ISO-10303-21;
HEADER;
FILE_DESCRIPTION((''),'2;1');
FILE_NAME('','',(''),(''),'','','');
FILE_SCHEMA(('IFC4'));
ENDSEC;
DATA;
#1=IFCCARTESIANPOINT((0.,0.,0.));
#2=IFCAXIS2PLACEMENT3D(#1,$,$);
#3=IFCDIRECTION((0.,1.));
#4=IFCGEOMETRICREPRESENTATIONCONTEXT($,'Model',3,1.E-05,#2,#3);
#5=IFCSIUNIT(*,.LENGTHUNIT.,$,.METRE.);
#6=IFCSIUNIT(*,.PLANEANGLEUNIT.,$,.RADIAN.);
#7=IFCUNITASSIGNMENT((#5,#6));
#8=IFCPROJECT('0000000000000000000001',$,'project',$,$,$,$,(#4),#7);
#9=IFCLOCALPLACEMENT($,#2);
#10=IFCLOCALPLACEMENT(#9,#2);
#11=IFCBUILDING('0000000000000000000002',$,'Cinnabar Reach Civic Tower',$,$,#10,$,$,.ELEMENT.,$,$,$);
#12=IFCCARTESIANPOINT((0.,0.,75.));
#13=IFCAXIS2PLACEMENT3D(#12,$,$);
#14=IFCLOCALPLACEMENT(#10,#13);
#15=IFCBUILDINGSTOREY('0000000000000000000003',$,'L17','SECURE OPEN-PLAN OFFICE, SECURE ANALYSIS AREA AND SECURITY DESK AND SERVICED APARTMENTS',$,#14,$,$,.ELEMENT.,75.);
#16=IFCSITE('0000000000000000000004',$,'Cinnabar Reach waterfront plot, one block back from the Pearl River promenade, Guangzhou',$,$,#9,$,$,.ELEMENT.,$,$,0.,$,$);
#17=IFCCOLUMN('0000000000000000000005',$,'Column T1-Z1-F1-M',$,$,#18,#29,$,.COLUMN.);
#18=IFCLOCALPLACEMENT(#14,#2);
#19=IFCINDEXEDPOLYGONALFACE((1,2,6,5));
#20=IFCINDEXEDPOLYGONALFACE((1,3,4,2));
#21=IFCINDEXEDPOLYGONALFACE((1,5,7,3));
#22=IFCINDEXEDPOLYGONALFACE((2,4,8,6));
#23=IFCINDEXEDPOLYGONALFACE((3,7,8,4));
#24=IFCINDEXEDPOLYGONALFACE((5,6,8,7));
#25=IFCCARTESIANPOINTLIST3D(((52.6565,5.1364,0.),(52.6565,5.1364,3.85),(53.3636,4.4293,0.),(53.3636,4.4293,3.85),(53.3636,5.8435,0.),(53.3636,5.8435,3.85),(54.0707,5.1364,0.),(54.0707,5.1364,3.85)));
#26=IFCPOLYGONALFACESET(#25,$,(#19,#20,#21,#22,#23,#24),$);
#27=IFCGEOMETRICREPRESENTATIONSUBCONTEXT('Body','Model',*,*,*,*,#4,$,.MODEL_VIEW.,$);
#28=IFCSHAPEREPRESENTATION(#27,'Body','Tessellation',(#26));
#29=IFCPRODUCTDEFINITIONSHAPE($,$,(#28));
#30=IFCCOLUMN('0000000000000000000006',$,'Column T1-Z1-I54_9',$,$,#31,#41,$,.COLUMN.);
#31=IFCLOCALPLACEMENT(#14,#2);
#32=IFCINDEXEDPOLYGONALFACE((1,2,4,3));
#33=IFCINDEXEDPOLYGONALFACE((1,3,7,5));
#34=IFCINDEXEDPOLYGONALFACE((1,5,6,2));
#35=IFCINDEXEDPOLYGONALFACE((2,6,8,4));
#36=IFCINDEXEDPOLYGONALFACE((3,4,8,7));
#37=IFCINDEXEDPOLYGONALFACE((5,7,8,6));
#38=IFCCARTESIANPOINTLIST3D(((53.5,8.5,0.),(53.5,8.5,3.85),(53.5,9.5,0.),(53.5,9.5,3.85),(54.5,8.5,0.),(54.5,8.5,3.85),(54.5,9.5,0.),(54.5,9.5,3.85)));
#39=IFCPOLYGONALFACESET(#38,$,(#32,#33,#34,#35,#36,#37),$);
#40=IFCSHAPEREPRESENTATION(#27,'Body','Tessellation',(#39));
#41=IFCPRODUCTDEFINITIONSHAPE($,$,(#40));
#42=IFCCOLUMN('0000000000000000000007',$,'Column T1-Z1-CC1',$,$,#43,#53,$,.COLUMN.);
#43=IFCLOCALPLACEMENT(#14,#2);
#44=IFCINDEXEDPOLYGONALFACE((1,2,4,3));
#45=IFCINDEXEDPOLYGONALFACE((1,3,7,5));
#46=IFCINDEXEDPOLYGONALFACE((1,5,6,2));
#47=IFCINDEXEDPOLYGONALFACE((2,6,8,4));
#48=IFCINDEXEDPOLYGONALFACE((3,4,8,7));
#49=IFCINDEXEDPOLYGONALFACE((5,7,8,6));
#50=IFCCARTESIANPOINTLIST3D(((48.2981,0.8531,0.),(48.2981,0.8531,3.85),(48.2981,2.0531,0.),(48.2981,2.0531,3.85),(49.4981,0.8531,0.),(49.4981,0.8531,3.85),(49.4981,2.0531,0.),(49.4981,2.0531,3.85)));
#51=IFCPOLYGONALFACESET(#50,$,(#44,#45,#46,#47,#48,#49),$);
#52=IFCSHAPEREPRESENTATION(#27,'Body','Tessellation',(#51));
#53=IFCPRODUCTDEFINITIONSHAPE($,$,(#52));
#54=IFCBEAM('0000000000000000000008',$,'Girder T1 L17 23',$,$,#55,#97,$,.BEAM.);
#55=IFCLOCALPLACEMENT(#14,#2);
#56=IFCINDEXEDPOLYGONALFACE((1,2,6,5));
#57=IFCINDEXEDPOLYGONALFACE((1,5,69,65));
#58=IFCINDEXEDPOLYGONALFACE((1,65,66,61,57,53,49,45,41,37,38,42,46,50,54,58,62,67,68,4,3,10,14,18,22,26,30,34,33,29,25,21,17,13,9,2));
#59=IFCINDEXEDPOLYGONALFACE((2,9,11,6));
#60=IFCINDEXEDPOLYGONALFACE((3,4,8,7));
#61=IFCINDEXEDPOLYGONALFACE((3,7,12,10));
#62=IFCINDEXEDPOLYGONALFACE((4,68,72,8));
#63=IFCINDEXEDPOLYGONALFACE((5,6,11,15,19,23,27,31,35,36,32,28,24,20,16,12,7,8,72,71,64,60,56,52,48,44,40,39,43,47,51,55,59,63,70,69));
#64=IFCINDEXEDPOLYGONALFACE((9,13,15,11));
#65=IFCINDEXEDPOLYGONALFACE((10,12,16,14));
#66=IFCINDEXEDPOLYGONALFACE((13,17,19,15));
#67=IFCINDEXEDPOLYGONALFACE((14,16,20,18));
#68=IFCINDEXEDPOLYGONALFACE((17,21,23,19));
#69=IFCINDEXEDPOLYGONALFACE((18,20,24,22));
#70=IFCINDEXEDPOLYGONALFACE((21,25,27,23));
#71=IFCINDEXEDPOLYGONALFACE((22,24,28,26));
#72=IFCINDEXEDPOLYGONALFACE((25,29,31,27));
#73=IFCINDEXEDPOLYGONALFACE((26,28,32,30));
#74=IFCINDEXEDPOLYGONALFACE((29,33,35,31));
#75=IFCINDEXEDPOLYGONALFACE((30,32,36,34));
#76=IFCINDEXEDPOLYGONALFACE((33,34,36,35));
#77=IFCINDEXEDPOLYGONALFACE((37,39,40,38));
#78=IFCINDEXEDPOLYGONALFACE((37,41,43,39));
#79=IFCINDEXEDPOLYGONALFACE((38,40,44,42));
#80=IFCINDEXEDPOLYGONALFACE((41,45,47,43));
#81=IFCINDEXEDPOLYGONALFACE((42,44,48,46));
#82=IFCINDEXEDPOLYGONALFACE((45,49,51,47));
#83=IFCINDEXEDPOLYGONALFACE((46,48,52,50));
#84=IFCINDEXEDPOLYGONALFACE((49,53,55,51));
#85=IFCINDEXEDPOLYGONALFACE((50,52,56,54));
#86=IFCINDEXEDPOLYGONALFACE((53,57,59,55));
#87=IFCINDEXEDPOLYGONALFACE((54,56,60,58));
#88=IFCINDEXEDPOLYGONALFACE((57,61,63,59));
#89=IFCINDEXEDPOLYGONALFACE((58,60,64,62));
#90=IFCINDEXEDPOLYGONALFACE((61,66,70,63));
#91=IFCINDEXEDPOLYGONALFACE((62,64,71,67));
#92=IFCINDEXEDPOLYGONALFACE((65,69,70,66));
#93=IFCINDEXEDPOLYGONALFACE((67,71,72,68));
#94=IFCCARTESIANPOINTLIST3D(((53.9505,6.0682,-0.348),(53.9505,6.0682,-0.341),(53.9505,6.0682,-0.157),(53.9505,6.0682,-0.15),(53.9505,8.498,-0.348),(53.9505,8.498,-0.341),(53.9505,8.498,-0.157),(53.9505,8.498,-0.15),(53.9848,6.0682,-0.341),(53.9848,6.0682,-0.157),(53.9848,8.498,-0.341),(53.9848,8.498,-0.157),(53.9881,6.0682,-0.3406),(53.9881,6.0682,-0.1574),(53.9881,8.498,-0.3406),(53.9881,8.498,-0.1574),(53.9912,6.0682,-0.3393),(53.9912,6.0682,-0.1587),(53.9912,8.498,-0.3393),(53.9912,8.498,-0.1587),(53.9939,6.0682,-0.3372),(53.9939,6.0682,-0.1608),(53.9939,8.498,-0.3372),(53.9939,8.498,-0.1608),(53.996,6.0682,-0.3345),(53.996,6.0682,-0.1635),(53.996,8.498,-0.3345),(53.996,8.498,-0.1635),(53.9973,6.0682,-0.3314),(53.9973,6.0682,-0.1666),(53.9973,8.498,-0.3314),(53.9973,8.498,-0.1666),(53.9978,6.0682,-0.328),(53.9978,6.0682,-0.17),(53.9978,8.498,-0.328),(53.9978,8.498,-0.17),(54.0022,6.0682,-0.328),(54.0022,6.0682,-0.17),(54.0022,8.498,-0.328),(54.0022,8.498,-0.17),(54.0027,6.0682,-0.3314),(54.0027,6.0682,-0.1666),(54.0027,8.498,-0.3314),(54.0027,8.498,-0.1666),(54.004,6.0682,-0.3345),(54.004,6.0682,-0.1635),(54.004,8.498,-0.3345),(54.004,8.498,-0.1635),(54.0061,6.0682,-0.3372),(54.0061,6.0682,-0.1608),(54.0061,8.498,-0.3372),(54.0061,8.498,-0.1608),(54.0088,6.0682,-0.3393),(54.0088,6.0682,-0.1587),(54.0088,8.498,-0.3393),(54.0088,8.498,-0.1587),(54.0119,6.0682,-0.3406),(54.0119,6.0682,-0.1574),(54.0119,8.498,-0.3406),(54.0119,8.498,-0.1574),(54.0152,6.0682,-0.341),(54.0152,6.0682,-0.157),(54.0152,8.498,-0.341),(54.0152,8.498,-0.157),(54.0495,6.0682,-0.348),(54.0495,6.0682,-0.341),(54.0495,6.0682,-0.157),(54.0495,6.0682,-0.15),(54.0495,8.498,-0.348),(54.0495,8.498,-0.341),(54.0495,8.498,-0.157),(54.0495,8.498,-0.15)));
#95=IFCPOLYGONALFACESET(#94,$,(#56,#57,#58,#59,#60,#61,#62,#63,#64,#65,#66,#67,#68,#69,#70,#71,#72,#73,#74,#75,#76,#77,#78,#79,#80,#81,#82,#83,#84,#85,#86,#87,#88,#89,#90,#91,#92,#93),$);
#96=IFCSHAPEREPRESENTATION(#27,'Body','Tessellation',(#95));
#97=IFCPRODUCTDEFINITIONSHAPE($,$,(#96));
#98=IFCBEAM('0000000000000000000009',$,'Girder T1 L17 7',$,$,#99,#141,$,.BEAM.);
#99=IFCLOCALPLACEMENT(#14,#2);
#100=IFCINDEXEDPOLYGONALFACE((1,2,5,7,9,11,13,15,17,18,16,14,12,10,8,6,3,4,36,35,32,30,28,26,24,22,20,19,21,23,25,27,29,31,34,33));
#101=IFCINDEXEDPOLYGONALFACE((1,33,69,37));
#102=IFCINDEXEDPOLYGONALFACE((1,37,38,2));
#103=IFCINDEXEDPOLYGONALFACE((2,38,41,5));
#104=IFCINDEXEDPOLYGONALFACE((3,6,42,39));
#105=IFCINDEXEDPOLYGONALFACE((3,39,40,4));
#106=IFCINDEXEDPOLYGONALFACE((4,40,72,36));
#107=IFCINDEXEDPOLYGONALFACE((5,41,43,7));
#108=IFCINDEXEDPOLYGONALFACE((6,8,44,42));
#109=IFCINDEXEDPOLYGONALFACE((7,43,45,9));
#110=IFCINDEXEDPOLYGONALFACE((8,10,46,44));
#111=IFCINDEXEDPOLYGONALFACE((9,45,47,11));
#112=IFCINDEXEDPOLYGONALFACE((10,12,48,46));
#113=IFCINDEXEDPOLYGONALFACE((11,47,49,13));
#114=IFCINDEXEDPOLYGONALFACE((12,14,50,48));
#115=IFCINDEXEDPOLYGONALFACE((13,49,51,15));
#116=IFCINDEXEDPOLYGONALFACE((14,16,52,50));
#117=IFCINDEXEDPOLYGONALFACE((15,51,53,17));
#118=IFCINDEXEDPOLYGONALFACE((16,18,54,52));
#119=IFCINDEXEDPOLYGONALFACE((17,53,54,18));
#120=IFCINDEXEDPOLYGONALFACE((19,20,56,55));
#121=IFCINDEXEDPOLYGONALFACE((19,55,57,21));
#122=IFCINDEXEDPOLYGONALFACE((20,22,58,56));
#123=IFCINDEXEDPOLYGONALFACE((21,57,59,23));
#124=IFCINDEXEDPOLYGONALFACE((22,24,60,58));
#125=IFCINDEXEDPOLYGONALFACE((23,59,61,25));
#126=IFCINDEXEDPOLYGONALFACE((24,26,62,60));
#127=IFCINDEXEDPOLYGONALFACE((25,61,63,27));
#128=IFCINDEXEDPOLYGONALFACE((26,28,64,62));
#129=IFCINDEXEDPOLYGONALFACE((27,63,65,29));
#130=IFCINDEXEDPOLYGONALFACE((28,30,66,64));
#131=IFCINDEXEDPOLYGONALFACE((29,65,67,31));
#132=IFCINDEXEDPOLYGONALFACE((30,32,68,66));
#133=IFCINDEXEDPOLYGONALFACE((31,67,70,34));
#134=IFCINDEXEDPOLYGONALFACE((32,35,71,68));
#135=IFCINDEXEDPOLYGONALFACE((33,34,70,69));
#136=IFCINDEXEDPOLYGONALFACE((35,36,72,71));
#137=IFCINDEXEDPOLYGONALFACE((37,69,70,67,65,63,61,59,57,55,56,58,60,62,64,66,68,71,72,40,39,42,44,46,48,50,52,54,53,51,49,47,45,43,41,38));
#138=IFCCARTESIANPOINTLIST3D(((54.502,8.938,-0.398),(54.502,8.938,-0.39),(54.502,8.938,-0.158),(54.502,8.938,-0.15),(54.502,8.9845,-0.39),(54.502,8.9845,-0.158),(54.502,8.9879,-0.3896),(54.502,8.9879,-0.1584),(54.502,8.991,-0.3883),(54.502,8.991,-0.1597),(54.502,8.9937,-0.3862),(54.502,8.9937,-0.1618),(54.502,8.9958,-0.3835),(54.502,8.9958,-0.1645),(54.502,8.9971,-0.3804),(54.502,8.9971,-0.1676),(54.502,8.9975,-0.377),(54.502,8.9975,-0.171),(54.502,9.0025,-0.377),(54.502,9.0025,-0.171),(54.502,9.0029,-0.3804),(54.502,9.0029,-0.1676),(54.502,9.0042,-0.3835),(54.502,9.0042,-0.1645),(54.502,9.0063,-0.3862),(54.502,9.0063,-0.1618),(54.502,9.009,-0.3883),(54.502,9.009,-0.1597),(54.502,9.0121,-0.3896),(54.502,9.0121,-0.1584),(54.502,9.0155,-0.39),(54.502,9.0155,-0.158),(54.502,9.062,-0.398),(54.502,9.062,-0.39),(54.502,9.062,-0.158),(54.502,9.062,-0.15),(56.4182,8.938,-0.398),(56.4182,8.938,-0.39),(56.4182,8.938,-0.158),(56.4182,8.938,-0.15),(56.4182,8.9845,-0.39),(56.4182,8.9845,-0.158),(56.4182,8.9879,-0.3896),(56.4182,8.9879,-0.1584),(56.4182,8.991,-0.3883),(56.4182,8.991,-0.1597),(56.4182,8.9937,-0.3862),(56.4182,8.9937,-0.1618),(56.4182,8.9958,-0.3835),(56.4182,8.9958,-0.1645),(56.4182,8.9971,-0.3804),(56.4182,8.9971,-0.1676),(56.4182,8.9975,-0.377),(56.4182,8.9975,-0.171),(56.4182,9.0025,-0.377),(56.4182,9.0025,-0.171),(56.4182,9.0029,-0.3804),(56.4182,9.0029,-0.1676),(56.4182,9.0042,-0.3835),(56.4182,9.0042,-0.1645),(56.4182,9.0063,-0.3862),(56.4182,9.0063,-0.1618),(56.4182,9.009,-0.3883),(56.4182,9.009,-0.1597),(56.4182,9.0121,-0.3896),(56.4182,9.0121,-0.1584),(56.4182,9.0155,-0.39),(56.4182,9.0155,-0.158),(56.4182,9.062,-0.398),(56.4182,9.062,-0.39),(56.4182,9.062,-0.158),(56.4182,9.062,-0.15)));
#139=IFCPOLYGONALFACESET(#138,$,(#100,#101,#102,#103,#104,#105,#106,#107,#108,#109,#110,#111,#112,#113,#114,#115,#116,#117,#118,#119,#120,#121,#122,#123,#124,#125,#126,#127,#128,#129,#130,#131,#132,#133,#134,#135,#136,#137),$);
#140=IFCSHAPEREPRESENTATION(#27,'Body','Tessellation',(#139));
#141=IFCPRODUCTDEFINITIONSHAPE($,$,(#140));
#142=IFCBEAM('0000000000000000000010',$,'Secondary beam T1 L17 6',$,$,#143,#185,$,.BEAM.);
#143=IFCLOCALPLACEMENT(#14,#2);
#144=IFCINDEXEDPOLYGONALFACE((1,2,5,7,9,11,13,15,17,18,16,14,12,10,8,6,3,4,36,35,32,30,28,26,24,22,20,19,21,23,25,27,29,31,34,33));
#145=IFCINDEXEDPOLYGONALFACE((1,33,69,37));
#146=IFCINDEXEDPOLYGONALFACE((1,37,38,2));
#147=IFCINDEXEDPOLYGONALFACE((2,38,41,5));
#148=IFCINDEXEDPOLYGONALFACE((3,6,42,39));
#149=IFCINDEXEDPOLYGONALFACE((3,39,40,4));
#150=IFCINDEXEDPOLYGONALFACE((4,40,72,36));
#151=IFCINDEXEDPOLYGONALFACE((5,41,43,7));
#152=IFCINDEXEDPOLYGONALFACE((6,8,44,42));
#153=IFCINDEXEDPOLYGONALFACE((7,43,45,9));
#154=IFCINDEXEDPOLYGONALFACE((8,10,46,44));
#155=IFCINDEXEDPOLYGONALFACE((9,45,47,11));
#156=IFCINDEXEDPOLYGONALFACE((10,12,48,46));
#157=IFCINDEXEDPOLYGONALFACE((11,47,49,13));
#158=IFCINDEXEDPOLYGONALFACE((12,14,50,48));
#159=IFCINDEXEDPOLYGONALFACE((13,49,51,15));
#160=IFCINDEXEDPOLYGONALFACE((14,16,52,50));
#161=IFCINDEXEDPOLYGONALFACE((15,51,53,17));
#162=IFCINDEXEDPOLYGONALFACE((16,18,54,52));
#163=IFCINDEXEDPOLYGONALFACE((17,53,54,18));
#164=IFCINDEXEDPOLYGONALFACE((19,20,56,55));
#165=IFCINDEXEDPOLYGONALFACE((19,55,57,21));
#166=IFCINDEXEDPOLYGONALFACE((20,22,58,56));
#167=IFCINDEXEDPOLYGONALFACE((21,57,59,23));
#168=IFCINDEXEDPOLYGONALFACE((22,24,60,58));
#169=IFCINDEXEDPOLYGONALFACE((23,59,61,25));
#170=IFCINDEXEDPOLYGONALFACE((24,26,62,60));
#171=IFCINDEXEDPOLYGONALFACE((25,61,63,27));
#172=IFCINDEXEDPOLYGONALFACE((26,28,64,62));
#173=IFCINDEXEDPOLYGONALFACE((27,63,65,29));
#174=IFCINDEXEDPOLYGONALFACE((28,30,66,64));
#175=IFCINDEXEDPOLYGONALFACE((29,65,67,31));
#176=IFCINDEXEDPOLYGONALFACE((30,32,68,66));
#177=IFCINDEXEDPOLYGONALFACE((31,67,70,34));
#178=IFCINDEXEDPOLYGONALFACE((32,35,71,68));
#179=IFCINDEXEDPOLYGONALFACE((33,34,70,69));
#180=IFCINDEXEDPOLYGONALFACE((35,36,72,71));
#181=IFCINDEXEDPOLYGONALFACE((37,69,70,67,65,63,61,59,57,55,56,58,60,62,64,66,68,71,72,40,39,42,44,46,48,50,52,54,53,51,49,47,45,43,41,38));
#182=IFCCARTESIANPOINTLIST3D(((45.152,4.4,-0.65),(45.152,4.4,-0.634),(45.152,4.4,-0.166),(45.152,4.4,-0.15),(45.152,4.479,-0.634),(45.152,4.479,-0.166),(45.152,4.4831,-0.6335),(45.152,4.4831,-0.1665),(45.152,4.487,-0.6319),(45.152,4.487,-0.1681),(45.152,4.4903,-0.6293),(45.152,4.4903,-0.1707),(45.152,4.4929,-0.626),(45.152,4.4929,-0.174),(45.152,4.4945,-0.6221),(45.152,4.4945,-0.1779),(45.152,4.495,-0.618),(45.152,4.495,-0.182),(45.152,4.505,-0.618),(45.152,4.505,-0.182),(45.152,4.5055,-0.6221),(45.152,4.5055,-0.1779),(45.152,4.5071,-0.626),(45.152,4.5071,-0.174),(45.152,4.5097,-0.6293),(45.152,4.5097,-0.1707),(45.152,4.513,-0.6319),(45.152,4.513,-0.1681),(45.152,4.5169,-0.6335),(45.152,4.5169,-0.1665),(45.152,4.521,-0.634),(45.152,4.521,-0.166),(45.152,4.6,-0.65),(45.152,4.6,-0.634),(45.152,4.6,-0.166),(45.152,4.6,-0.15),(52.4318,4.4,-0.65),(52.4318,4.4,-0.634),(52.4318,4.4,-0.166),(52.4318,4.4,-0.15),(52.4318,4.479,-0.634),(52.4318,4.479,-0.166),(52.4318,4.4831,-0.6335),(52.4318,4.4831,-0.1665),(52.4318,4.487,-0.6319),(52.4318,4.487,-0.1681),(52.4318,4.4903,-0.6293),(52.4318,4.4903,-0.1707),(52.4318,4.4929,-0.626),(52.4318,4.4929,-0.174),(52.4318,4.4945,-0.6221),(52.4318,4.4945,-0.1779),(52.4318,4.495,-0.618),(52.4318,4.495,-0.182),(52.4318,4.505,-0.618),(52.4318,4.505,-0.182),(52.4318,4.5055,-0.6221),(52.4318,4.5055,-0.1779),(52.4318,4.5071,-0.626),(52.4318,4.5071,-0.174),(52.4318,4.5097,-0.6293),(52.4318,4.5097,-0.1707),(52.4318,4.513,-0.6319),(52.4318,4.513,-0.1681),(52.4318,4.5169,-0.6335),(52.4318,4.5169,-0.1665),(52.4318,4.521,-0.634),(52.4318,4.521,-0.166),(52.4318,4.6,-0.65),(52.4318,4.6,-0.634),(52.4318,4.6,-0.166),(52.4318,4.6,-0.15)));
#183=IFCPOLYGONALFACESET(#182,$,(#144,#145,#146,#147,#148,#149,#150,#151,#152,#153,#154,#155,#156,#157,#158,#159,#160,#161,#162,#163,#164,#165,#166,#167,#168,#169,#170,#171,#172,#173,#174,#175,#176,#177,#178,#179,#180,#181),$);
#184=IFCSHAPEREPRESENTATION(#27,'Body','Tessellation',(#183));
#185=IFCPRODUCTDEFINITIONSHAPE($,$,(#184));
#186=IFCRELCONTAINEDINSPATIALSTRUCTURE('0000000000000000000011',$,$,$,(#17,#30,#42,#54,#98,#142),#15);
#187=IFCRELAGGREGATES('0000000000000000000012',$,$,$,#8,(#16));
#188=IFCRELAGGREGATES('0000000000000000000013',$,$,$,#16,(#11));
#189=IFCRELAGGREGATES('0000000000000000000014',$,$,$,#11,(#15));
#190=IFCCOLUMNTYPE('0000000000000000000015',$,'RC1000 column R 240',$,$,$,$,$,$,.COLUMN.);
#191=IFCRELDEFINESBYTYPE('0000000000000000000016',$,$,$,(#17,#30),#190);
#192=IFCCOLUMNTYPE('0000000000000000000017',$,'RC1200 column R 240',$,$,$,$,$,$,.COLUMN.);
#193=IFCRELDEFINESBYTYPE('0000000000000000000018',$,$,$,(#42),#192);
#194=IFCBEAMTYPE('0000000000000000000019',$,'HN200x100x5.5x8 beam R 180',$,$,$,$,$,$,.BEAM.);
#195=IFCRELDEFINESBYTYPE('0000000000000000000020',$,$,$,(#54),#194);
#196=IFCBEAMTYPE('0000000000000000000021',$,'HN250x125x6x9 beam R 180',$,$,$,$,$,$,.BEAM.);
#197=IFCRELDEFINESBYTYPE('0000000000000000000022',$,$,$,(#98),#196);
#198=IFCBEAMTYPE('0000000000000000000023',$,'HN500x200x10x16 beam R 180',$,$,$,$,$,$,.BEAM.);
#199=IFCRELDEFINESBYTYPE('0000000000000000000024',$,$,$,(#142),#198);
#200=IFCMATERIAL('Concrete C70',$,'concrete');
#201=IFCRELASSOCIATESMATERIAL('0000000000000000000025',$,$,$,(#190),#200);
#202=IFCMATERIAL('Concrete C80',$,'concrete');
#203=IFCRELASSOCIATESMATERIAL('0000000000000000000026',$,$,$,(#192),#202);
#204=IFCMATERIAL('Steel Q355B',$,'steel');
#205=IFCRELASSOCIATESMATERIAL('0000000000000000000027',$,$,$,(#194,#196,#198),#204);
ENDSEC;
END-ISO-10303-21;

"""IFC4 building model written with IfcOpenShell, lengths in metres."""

from ifc_helpers import new_model, si_unit, direction, frame, origin, origin_2d, place, context, subcontext, project, spatial, rectangle, i_section, extrude, material, material_profile, profile_set, type_object, element, save


model = new_model("IFC4")

# Units and contexts
model_context = context("Model", 3, precision=1e-05, world=origin(), true_north=direction((0.0, 1.0)))
body_context = subcontext(model_context, "Body", "Model", "MODEL_VIEW")
ifc_project = project(units=[si_unit("LENGTHUNIT", "METRE"), si_unit("PLANEANGLEUNIT", "RADIAN")], contexts=[model_context])

# Site, building, storey
site_placement = place(None, origin())
site = spatial("IfcSite", under=ifc_project, at=site_placement, Name="Cinnabar Reach waterfront plot, one block back from the Pearl River promenade, Guangzhou", CompositionType="ELEMENT", RefElevation=0.0)
building_placement = place(site_placement, origin())
building = spatial("IfcBuilding", under=site, at=building_placement, Name="Cinnabar Reach Civic Tower", CompositionType="ELEMENT")
storey_placement = place(building_placement, frame((0.0, 0.0, 75.0)))
storey = spatial("IfcBuildingStorey", under=building, at=storey_placement, Name="L17", Description="SECURE OPEN-PLAN OFFICE, SECURE ANALYSIS AREA AND SECURITY DESK AND SERVICED APARTMENTS", CompositionType="ELEMENT", Elevation=75.0)

# Columns
ifc_material_1 = material(Name="Concrete C70", Category="concrete")
ifc_material_profile_1 = material_profile(ifc_material_1, rectangle(XDim=1.0, YDim=1.0, at=origin_2d()), Name="RC1000")
ifc_profile_set_1 = profile_set([ifc_material_profile_1], Name="Concrete C70")
column_type_1 = type_object("IfcColumnType", Name="RC1000 column R 240", PredefinedType="COLUMN", material=ifc_profile_set_1)
for number, where, z_axis, x_axis, name in (
    (1, (53.3636, 5.1364, 0.0), (0.0, 0.0, 1.0), (0.707107, 0.707107, 0.0), "Column T1-Z1-F1-M"),
    (2, (54.0, 9.0, 0.0), (0.0, 0.0, 1.0), (1.0, 0.0, 0.0), "Column T1-Z1-I54_9"),
):
    element("IfcColumn", number, at=place(storey_placement, frame(where, z_axis=z_axis, x_axis=x_axis)), inside=storey, type_object=column_type_1, Name=name, PredefinedType="COLUMN", context=body_context, shape_type="SweptSolid", body=[
        extrude(rectangle(XDim=1.0, YDim=1.0, at=origin_2d()), origin(), (0.0, 0.0, 1.0), 3.85),
    ])
ifc_material_2 = material(Name="Concrete C80", Category="concrete")
ifc_material_profile_2 = material_profile(ifc_material_2, rectangle(XDim=1.2, YDim=1.2, at=origin_2d()), Name="RC1200")
ifc_profile_set_2 = profile_set([ifc_material_profile_2], Name="Concrete C80")
column_type_2 = type_object("IfcColumnType", Name="RC1200 column R 240", PredefinedType="COLUMN", material=ifc_profile_set_2)
column_placement = place(storey_placement, frame((48.8981, 1.4531, 0.0), z_axis=(0.0, 0.0, 1.0), x_axis=(1.0, 0.0, 0.0)))
element("IfcColumn", 3, at=column_placement, inside=storey, type_object=column_type_2, Name="Column T1-Z1-CC1", PredefinedType="COLUMN", context=body_context, shape_type="SweptSolid", body=[
    extrude(rectangle(XDim=1.2, YDim=1.2, at=origin_2d()), origin(), (0.0, 0.0, 1.0), 3.85),
])

# Beams
ifc_material_3 = material(Name="Steel Q355B", Category="steel")
ifc_material_profile_3 = material_profile(ifc_material_3, i_section(OverallWidth=0.099, OverallDepth=0.198, WebThickness=0.0045, FlangeThickness=0.007, FilletRadius=0.013, at=origin_2d()), Name="HN200x100x5.5x8")
ifc_profile_set_3 = profile_set([ifc_material_profile_3], Name="Steel Q355B")
beam_type_1 = type_object("IfcBeamType", Name="HN200x100x5.5x8 beam R 180", PredefinedType="BEAM", material=ifc_profile_set_3)
beam_1_placement = place(storey_placement, frame((54.0, 6.0682, -0.249), z_axis=(0.0, 1.0, 0.0), x_axis=(-1.0, 0.0, 0.0)))
element("IfcBeam", 4, at=beam_1_placement, inside=storey, type_object=beam_type_1, Name="Girder T1 L17 23", PredefinedType="BEAM", context=body_context, shape_type="SweptSolid", body=[
    extrude(i_section(OverallWidth=0.099, OverallDepth=0.198, WebThickness=0.0045, FlangeThickness=0.007, FilletRadius=0.013, at=origin_2d()), origin(), (0.0, 0.0, 1.0), 2.4298),
])
ifc_material_profile_4 = material_profile(ifc_material_3, i_section(OverallWidth=0.124, OverallDepth=0.248, WebThickness=0.005, FlangeThickness=0.008, FilletRadius=0.013, at=origin_2d()), Name="HN250x125x6x9")
ifc_profile_set_4 = profile_set([ifc_material_profile_4], Name="Steel Q355B")
beam_type_2 = type_object("IfcBeamType", Name="HN250x125x6x9 beam R 180", PredefinedType="BEAM", material=ifc_profile_set_4)
beam_2_placement = place(storey_placement, frame((54.502, 9.0, -0.274), z_axis=(1.0, 0.0, 0.0), x_axis=(0.0, 1.0, 0.0)))
element("IfcBeam", 5, at=beam_2_placement, inside=storey, type_object=beam_type_2, Name="Girder T1 L17 7", PredefinedType="BEAM", context=body_context, shape_type="SweptSolid", body=[
    extrude(i_section(OverallWidth=0.124, OverallDepth=0.248, WebThickness=0.005, FlangeThickness=0.008, FilletRadius=0.013, at=origin_2d()), origin(), (0.0, 0.0, 1.0), 1.9162),
])
ifc_material_profile_5 = material_profile(ifc_material_3, i_section(OverallWidth=0.2, OverallDepth=0.5, WebThickness=0.01, FlangeThickness=0.016, FilletRadius=0.016, at=origin_2d()), Name="HN500x200x10x16")
ifc_profile_set_5 = profile_set([ifc_material_profile_5], Name="Steel Q355B")
beam_type_3 = type_object("IfcBeamType", Name="HN500x200x10x16 beam R 180", PredefinedType="BEAM", material=ifc_profile_set_5)
beam_3_placement = place(storey_placement, frame((45.152, 4.5, -0.4), z_axis=(1.0, 0.0, 0.0), x_axis=(0.0, 1.0, 0.0)))
element("IfcBeam", 6, at=beam_3_placement, inside=storey, type_object=beam_type_3, Name="Secondary beam T1 L17 6", PredefinedType="BEAM", context=body_context, shape_type="SweptSolid", body=[
    extrude(i_section(OverallWidth=0.2, OverallDepth=0.5, WebThickness=0.01, FlangeThickness=0.016, FilletRadius=0.016, at=origin_2d()), origin(), (0.0, 0.0, 1.0), 7.2798),
])

save(model, "model.ifc")
